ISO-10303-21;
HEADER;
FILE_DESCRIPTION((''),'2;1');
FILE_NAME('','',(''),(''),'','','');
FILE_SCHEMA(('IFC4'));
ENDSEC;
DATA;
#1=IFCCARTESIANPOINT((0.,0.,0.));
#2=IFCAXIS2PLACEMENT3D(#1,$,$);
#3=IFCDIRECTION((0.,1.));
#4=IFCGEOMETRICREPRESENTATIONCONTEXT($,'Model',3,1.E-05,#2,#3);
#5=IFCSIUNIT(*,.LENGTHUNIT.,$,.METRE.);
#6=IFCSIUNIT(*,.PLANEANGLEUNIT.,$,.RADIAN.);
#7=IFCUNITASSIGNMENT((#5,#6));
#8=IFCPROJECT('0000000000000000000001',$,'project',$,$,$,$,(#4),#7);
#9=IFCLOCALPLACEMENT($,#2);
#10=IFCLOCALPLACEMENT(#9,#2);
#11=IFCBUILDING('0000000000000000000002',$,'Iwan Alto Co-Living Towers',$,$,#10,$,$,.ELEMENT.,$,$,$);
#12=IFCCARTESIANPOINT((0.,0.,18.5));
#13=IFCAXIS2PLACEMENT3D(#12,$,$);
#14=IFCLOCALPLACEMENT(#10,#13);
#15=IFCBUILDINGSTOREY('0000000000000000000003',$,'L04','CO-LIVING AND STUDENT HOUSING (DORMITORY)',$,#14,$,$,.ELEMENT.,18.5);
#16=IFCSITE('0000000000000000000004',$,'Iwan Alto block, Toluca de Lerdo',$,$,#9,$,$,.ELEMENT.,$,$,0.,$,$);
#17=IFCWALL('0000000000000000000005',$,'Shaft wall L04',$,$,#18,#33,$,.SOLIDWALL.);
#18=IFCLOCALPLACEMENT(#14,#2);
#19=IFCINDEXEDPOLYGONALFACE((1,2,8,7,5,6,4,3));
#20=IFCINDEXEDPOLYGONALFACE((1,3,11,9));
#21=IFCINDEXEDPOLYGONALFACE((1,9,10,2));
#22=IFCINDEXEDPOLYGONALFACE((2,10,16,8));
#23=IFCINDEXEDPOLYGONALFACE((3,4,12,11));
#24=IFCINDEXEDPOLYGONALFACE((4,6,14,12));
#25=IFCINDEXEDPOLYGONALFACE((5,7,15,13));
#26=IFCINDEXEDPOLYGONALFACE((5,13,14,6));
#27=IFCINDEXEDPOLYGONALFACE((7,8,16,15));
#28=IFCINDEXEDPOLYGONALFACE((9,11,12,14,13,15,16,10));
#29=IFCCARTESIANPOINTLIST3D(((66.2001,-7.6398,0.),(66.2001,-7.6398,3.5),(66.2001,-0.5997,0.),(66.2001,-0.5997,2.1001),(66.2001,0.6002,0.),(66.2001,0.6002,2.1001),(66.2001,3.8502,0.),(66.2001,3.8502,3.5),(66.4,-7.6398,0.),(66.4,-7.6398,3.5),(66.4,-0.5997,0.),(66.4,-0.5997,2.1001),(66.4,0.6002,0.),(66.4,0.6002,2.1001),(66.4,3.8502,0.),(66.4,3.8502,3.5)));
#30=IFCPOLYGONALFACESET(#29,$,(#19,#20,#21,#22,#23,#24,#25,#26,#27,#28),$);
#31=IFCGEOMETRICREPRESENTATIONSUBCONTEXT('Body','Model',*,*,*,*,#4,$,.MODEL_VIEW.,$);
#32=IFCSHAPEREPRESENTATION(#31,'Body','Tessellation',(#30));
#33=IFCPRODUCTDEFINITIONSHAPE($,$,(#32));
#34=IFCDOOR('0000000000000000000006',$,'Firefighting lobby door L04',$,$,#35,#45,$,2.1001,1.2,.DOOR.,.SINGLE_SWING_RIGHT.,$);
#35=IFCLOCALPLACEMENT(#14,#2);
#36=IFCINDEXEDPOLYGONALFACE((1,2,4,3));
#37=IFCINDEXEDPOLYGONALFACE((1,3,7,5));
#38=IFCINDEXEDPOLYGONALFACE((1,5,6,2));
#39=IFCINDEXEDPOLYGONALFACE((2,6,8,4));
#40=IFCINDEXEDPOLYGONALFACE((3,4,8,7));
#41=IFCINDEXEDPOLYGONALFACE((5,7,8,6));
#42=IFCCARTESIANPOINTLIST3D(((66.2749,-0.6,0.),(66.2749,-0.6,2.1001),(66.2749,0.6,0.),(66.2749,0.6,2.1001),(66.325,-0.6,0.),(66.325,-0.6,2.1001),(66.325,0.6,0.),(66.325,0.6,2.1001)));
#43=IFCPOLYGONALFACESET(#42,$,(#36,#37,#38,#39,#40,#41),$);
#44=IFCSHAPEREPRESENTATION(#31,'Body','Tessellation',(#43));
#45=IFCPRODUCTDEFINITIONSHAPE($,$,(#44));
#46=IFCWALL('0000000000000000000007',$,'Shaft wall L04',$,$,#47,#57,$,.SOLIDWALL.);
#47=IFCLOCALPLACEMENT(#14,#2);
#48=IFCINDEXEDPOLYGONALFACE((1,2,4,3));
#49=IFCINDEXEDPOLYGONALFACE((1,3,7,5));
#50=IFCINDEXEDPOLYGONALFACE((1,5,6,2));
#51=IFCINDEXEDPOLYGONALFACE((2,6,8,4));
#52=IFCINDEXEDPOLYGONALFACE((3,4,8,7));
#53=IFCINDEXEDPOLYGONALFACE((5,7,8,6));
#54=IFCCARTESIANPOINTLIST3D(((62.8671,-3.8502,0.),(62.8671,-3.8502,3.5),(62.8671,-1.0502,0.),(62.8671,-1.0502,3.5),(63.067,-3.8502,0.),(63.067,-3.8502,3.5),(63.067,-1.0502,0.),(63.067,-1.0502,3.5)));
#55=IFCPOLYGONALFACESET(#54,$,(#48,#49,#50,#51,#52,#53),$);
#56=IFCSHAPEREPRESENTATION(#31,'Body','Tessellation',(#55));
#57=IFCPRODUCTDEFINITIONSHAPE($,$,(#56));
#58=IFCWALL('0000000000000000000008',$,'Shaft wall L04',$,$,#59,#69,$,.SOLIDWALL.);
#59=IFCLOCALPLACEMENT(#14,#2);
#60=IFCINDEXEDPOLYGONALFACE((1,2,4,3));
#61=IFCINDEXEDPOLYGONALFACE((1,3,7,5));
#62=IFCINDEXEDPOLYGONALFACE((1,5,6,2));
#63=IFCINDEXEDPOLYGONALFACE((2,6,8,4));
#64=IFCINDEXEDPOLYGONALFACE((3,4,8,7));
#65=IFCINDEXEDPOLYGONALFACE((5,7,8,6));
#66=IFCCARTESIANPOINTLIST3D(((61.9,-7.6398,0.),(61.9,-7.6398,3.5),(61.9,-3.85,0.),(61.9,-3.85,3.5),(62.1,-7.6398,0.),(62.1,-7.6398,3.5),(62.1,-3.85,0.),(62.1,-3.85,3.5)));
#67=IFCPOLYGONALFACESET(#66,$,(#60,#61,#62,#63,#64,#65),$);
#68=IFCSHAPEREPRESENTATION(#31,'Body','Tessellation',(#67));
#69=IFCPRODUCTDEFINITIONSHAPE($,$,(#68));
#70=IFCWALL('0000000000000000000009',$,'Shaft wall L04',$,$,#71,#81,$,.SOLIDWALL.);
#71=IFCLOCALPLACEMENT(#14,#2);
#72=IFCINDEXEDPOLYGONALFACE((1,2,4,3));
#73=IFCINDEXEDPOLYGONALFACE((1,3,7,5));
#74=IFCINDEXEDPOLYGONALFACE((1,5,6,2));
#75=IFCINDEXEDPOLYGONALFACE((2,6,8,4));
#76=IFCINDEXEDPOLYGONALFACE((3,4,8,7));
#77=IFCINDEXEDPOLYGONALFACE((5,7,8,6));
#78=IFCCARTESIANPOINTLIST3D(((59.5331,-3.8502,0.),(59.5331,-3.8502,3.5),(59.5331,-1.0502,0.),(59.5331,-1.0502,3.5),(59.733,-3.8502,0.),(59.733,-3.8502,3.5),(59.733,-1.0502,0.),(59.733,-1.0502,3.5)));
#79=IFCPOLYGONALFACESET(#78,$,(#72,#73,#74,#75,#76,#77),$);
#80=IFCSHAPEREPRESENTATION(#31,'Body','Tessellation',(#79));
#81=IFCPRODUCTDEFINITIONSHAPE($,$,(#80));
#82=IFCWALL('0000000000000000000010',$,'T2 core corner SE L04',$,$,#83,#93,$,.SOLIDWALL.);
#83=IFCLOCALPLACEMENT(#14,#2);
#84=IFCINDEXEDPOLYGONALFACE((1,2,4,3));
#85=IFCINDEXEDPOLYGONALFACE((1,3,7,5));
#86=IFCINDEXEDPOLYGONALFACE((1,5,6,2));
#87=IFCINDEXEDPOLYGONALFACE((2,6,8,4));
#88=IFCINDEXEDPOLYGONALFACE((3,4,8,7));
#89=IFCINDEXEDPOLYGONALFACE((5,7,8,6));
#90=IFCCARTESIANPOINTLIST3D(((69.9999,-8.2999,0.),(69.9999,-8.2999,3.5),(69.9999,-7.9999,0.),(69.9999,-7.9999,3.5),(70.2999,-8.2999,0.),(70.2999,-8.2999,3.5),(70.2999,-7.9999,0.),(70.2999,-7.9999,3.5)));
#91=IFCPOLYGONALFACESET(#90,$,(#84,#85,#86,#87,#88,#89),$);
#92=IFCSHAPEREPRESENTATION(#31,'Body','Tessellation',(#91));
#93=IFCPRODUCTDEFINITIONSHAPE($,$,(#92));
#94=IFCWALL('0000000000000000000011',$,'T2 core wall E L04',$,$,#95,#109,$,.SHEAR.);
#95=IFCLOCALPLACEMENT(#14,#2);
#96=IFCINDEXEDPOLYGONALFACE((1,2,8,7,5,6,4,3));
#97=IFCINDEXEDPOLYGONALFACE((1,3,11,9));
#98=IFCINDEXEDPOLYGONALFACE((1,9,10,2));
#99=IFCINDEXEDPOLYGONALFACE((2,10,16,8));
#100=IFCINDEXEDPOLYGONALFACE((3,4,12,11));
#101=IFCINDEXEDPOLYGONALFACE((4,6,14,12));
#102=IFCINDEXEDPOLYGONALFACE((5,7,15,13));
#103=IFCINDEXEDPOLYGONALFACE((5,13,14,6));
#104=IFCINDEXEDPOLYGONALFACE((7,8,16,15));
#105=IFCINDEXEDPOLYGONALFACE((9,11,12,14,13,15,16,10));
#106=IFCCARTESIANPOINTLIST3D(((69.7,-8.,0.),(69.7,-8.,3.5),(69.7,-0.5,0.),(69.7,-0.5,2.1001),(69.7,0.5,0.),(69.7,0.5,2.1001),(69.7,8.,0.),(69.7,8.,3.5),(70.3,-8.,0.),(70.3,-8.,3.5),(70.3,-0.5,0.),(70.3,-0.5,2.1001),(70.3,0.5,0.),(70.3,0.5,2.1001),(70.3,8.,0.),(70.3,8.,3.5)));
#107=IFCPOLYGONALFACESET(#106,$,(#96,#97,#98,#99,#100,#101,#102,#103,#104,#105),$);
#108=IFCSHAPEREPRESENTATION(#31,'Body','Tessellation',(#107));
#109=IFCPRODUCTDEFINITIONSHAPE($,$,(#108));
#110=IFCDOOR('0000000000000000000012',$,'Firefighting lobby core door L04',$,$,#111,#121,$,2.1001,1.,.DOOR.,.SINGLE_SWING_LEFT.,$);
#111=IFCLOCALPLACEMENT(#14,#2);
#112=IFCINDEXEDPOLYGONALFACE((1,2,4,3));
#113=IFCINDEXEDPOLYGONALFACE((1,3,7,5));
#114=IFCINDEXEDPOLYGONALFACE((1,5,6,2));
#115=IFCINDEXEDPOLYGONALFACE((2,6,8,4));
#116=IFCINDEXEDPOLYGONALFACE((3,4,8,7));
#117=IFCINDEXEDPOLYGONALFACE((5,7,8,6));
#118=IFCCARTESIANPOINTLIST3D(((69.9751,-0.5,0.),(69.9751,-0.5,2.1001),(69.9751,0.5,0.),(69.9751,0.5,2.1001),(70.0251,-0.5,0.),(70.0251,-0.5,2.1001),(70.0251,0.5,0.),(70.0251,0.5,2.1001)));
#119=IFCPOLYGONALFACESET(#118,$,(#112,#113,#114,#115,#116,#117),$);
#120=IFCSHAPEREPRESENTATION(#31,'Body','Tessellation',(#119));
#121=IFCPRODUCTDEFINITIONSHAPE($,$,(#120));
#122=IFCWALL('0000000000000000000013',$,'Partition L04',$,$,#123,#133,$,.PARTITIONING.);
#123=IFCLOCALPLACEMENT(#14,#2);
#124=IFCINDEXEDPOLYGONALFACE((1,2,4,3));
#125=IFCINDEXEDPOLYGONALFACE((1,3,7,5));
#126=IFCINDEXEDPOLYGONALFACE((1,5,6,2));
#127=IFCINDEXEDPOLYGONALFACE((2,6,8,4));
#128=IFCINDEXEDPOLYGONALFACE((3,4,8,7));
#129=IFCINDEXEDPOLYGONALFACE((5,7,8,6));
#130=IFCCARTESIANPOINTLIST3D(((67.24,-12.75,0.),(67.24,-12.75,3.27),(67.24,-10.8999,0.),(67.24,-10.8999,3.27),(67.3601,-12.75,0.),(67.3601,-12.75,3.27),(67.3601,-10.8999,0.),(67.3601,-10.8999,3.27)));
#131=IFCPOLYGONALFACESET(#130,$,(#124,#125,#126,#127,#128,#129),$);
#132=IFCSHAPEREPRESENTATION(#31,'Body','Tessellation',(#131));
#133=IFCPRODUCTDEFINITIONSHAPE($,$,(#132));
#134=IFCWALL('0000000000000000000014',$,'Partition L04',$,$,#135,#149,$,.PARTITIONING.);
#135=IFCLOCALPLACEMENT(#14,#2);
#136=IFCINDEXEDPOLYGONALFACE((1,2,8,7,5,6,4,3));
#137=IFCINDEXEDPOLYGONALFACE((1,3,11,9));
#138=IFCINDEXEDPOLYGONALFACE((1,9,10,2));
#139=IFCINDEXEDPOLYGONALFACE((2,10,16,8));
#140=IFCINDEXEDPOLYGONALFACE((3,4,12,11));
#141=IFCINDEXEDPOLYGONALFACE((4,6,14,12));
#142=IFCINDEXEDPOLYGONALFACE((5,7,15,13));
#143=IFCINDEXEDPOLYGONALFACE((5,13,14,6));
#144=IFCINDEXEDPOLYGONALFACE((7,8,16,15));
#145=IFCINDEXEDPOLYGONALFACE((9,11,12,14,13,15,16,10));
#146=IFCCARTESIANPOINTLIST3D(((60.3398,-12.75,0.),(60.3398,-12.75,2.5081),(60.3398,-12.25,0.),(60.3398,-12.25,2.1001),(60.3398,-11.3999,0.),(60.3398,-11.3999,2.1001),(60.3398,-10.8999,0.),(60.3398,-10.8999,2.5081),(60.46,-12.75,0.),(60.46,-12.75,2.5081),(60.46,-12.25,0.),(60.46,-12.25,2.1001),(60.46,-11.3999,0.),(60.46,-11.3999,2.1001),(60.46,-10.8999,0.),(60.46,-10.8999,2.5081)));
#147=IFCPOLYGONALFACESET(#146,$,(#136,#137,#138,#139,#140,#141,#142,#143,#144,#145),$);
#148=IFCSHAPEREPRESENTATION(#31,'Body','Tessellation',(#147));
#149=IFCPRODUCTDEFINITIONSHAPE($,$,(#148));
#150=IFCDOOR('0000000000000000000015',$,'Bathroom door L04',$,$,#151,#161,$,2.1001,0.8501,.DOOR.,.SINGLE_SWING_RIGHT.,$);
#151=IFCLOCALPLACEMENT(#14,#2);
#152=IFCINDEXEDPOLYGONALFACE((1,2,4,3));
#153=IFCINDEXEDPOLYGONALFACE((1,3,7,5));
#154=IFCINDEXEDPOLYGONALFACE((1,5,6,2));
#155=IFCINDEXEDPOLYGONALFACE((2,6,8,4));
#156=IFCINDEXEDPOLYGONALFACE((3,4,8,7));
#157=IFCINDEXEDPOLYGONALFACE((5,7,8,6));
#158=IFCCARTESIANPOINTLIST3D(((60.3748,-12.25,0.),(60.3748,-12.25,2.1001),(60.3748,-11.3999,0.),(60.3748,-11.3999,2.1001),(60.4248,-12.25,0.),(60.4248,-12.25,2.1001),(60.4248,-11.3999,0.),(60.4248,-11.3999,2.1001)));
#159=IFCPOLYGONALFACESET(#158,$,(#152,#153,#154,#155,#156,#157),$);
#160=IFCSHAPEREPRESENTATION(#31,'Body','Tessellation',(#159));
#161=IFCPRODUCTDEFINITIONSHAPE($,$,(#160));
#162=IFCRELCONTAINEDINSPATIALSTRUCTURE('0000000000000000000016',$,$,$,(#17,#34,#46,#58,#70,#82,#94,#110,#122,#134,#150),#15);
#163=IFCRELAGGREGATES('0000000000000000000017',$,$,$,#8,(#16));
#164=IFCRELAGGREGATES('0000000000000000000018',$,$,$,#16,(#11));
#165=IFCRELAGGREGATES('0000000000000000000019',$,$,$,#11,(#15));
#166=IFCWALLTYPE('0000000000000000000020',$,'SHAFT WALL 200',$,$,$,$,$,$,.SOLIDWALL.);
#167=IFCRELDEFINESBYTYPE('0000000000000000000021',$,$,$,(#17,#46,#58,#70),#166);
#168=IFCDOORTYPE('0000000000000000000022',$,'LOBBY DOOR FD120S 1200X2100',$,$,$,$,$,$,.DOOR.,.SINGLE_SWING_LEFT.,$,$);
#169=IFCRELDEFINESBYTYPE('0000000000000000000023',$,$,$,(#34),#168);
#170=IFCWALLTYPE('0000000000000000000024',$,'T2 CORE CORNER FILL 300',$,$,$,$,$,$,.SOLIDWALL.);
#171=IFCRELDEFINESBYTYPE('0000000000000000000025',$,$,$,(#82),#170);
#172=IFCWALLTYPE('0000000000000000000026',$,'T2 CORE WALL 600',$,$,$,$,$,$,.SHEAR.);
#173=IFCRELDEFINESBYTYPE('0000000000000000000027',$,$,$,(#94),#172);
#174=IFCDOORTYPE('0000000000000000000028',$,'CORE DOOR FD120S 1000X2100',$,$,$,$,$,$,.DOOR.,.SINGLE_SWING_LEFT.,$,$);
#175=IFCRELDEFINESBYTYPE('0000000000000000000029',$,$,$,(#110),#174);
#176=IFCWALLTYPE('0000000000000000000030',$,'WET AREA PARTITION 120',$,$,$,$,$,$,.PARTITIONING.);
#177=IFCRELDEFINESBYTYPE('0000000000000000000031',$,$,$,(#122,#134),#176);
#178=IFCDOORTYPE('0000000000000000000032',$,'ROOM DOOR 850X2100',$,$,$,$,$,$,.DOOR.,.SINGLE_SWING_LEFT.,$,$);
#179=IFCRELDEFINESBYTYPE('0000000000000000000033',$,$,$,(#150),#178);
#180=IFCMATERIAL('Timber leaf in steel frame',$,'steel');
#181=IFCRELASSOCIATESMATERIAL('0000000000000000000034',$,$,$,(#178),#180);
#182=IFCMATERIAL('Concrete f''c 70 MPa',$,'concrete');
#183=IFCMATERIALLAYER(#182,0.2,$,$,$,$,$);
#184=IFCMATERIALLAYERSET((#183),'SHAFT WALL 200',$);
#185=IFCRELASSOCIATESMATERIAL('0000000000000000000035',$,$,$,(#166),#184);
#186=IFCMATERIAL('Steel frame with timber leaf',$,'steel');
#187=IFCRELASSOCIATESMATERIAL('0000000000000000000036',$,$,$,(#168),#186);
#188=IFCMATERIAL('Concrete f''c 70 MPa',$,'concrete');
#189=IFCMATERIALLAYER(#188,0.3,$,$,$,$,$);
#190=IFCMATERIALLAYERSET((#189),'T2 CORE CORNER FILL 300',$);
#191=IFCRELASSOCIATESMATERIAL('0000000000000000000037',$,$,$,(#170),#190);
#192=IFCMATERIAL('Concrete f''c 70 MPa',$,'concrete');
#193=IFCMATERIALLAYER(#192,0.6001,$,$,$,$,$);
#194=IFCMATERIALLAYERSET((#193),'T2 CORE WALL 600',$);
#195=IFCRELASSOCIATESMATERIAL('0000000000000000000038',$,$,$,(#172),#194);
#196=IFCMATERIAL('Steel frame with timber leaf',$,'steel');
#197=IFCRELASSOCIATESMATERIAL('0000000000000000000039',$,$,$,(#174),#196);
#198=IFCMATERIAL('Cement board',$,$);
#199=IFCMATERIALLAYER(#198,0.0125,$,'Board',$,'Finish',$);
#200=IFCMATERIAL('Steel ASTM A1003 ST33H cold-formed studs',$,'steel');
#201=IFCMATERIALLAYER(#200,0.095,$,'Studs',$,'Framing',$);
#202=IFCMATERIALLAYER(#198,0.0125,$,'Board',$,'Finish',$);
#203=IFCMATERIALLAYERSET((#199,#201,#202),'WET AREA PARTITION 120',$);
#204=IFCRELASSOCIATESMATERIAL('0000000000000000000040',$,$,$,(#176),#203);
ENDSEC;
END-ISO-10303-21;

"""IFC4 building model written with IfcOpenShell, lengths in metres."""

from ifc_helpers import new_model, si_unit, direction, frame, frame_2d, origin, place, context, subcontext, project, spatial, rectangle, extrude, material, layer, layer_set, type_object, element, fill, save


model = new_model("IFC4")

# Units and contexts
model_context = context("Model", 3, precision=1e-05, world=origin(), true_north=direction((0.0, 1.0)))
body_context = subcontext(model_context, "Body", "Model", "MODEL_VIEW")
ifc_project = project(units=[si_unit("LENGTHUNIT", "METRE"), si_unit("PLANEANGLEUNIT", "RADIAN")], contexts=[model_context])

# Site, building, storey
site_placement = place(None, origin())
site = spatial("IfcSite", under=ifc_project, at=site_placement, Name="Iwan Alto block, Toluca de Lerdo", CompositionType="ELEMENT", RefElevation=0.0)
building_placement = place(site_placement, origin())
building = spatial("IfcBuilding", under=site, at=building_placement, Name="Iwan Alto Co-Living Towers", CompositionType="ELEMENT")
storey_placement = place(building_placement, frame((0.0, 0.0, 18.5)))
storey = spatial("IfcBuildingStorey", under=building, at=storey_placement, Name="L04", Description="CO-LIVING AND STUDENT HOUSING (DORMITORY)", CompositionType="ELEMENT", Elevation=18.5)

# Shared definitions
ifc_material_1 = material(Name="Steel ASTM A1003 ST33H cold-formed studs", Category="steel")

# Shared definitions
ifc_material_2 = material(Name="Timber leaf in steel frame", Category="steel")
door_type_1 = type_object("IfcDoorType", Name="ROOM DOOR 850X2100", OperationType="SINGLE_SWING_LEFT", PredefinedType="DOOR", material=ifc_material_2)

# Wall, opening, door
ifc_material_3 = material(Name="Concrete f'c 70 MPa", Category="concrete")
ifc_layer_1 = layer(ifc_material_3, 0.2)
ifc_layer_set_1 = layer_set([ifc_layer_1], Name="SHAFT WALL 200")
wall_type_1 = type_object("IfcWallType", Name="SHAFT WALL 200", PredefinedType="SOLIDWALL", material=ifc_layer_set_1)
wall_1_placement = place(storey_placement, frame((66.3, -7.6399, 0.0), z_axis=(0.0, 0.0, 1.0), x_axis=(0.0, 1.0, 0.0)))
wall_1 = element("IfcWall", 1, at=wall_1_placement, inside=storey, type_object=wall_type_1, Name="Shaft wall L04", PredefinedType="SOLIDWALL", context=body_context, shape_type="SweptSolid", body=[
    extrude(rectangle(XDim=11.49, YDim=0.2, at=frame_2d((5.7451, 0.0))), origin(), (0.0, 0.0, 1.0), 3.5),
])
opening_1_placement = place(wall_1_placement, frame((7.04, 0.0, 0.0)))
opening_1 = element("IfcOpeningElement", 2, at=opening_1_placement, cuts=wall_1, PredefinedType="OPENING", context=body_context, shape_type="SweptSolid", body=[
    extrude(rectangle(XDim=1.2, YDim=2.1001, at=frame_2d((0.6001, 1.05))), frame((0.0, 0.1099, 0.0), z_axis=(0.0, -1.0, 0.0), x_axis=(1.0, 0.0, 0.0)), (0.0, 0.0, 1.0), 0.22),
])
ifc_material_4 = material(Name="Steel frame with timber leaf", Category="steel")
door_type_2 = type_object("IfcDoorType", Name="LOBBY DOOR FD120S 1200X2100", OperationType="SINGLE_SWING_LEFT", PredefinedType="DOOR", material=ifc_material_4)
door_1_placement = place(opening_1_placement, frame((1.2, 0.0, 0.0), z_axis=(0.0, 0.0, 1.0), x_axis=(-1.0, 0.0, 0.0)))
door_1 = element("IfcDoor", 3, at=door_1_placement, inside=storey, type_object=door_type_2, Name="Firefighting lobby door L04", OperationType="SINGLE_SWING_RIGHT", OverallHeight=2.1001, OverallWidth=1.2, PredefinedType="DOOR", context=body_context, shape_type="SweptSolid", body=[
    extrude(rectangle(XDim=1.2, YDim=2.1001, at=frame_2d((0.6001, 1.05))), frame((0.0, 0.0249, 0.0), z_axis=(0.0, -1.0, 0.0), x_axis=(1.0, 0.0, 0.0)), (0.0, 0.0, 1.0), 0.05),
])
fill(opening_1, door_1)

# Walls
wall_2_placement = place(storey_placement, frame((62.967, -3.8501, 0.0), z_axis=(0.0, 0.0, 1.0), x_axis=(0.0, 1.0, 0.0)))
element("IfcWall", 4, at=wall_2_placement, inside=storey, type_object=wall_type_1, Name="Shaft wall L04", PredefinedType="SOLIDWALL", context=body_context, shape_type="SweptSolid", body=[
    extrude(rectangle(XDim=2.8, YDim=0.2, at=frame_2d((1.3999, 0.0))), origin(), (0.0, 0.0, 1.0), 3.5),
])
wall_3_placement = place(storey_placement, frame((62.0, -7.6399, 0.0), z_axis=(0.0, 0.0, 1.0), x_axis=(0.0, 1.0, 0.0)))
element("IfcWall", 5, at=wall_3_placement, inside=storey, type_object=wall_type_1, Name="Shaft wall L04", PredefinedType="SOLIDWALL", context=body_context, shape_type="SweptSolid", body=[
    extrude(rectangle(XDim=3.7898, YDim=0.2, at=frame_2d((1.895, 0.0))), origin(), (0.0, 0.0, 1.0), 3.5),
])
wall_4_placement = place(storey_placement, frame((59.6331, -3.8501, 0.0), z_axis=(0.0, 0.0, 1.0), x_axis=(0.0, 1.0, 0.0)))
element("IfcWall", 6, at=wall_4_placement, inside=storey, type_object=wall_type_1, Name="Shaft wall L04", PredefinedType="SOLIDWALL", context=body_context, shape_type="SweptSolid", body=[
    extrude(rectangle(XDim=2.8, YDim=0.2, at=frame_2d((1.3999, 0.0))), origin(), (0.0, 0.0, 1.0), 3.5),
])
ifc_material_5 = material(Name="Concrete f'c 70 MPa", Category="concrete")
ifc_layer_2 = layer(ifc_material_5, 0.3)
ifc_layer_set_2 = layer_set([ifc_layer_2], Name="T2 CORE CORNER FILL 300")
wall_type_2 = type_object("IfcWallType", Name="T2 CORE CORNER FILL 300", PredefinedType="SOLIDWALL", material=ifc_layer_set_2)
wall_5_placement = place(storey_placement, frame((70.0, -8.1499, 0.0), z_axis=(0.0, 0.0, 1.0), x_axis=(1.0, 0.0, 0.0)))
element("IfcWall", 7, at=wall_5_placement, inside=storey, type_object=wall_type_2, Name="T2 core corner SE L04", PredefinedType="SOLIDWALL", context=body_context, shape_type="SweptSolid", body=[
    extrude(rectangle(XDim=0.3, YDim=0.3, at=frame_2d((0.1499, 0.0))), origin(), (0.0, 0.0, 1.0), 3.5),
])

# Wall, opening, door
ifc_material_6 = material(Name="Concrete f'c 70 MPa", Category="concrete")
ifc_layer_3 = layer(ifc_material_6, 0.6001)
ifc_layer_set_3 = layer_set([ifc_layer_3], Name="T2 CORE WALL 600")
wall_type_3 = type_object("IfcWallType", Name="T2 CORE WALL 600", PredefinedType="SHEAR", material=ifc_layer_set_3)
wall_6_placement = place(storey_placement, frame((70.0, -8.0, 0.0), z_axis=(0.0, 0.0, 1.0), x_axis=(0.0, 1.0, 0.0)))
wall_6 = element("IfcWall", 8, at=wall_6_placement, inside=storey, type_object=wall_type_3, Name="T2 core wall E L04", PredefinedType="SHEAR", context=body_context, shape_type="SweptSolid", body=[
    extrude(rectangle(XDim=16.0, YDim=0.6001, at=frame_2d((8.0, 0.0))), origin(), (0.0, 0.0, 1.0), 3.5),
])
opening_2_placement = place(wall_6_placement, frame((7.5, 0.0, 0.0)))
opening_2 = element("IfcOpeningElement", 9, at=opening_2_placement, cuts=wall_6, PredefinedType="OPENING", context=body_context, shape_type="SweptSolid", body=[
    extrude(rectangle(XDim=1.0, YDim=2.1001, at=frame_2d((0.5, 1.05))), frame((0.0, 0.3101, 0.0), z_axis=(0.0, -1.0, 0.0), x_axis=(1.0, 0.0, 0.0)), (0.0, 0.0, 1.0), 0.6201),
])
ifc_material_7 = material(Name="Steel frame with timber leaf", Category="steel")
door_type_3 = type_object("IfcDoorType", Name="CORE DOOR FD120S 1000X2100", OperationType="SINGLE_SWING_LEFT", PredefinedType="DOOR", material=ifc_material_7)
door_2_placement = place(opening_2_placement, origin())
door_2 = element("IfcDoor", 10, at=door_2_placement, inside=storey, type_object=door_type_3, Name="Firefighting lobby core door L04", OperationType="SINGLE_SWING_LEFT", OverallHeight=2.1001, OverallWidth=1.0, PredefinedType="DOOR", context=body_context, shape_type="SweptSolid", body=[
    extrude(rectangle(XDim=1.0, YDim=2.1001, at=frame_2d((0.5, 1.05))), frame((0.0, 0.0249, 0.0), z_axis=(0.0, -1.0, 0.0), x_axis=(1.0, 0.0, 0.0)), (0.0, 0.0, 1.0), 0.05),
])
fill(opening_2, door_2)

# Wall
ifc_material_8 = material(Name="Cement board")
ifc_layer_4 = layer(ifc_material_8, 0.0125, Name="Board", Category="Finish")
ifc_layer_5 = layer(ifc_material_1, 0.095, Name="Studs", Category="Framing")
ifc_layer_6 = layer(ifc_material_8, 0.0125, Name="Board", Category="Finish")
ifc_layer_set_4 = layer_set([ifc_layer_4, ifc_layer_5, ifc_layer_6], Name="WET AREA PARTITION 120")
wall_type_4 = type_object("IfcWallType", Name="WET AREA PARTITION 120", PredefinedType="PARTITIONING", material=ifc_layer_set_4)
wall_7_placement = place(storey_placement, frame((67.3, -12.75, 0.0), z_axis=(0.0, 0.0, 1.0), x_axis=(0.0, 1.0, 0.0)))
element("IfcWall", 11, at=wall_7_placement, inside=storey, type_object=wall_type_4, Name="Partition L04", PredefinedType="PARTITIONING", context=body_context, shape_type="SweptSolid", body=[
    extrude(rectangle(XDim=1.8501, YDim=0.1201, at=frame_2d((0.925, 0.0))), origin(), (0.0, 0.0, 1.0), 3.27),
])

# Wall, opening, door
wall_8_placement = place(storey_placement, frame((60.3999, -12.75, 0.0), z_axis=(0.0, 0.0, 1.0), x_axis=(0.0, 1.0, 0.0)))
wall_8 = element("IfcWall", 12, at=wall_8_placement, inside=storey, type_object=wall_type_4, Name="Partition L04", PredefinedType="PARTITIONING", context=body_context, shape_type="SweptSolid", body=[
    extrude(rectangle(XDim=1.8501, YDim=0.1201, at=frame_2d((0.925, 0.0))), origin(), (0.0, 0.0, 1.0), 2.5081),
])
opening_3_placement = place(wall_8_placement, frame((0.5, 0.0, 0.0)))
opening_3 = element("IfcOpeningElement", 13, at=opening_3_placement, cuts=wall_8, PredefinedType="OPENING", context=body_context, shape_type="SweptSolid", body=[
    extrude(rectangle(XDim=0.8501, YDim=2.1001, at=frame_2d((0.425, 1.05))), frame((0.0, 0.0701, 0.0), z_axis=(0.0, -1.0, 0.0), x_axis=(1.0, 0.0, 0.0)), (0.0, 0.0, 1.0), 0.1401),
])
door_3_placement = place(opening_3_placement, frame((0.8501, 0.0, 0.0), z_axis=(0.0, 0.0, 1.0), x_axis=(-1.0, 0.0, 0.0)))
door_3 = element("IfcDoor", 14, at=door_3_placement, inside=storey, type_object=door_type_1, Name="Bathroom door L04", OperationType="SINGLE_SWING_RIGHT", OverallHeight=2.1001, OverallWidth=0.8501, PredefinedType="DOOR", context=body_context, shape_type="SweptSolid", body=[
    extrude(rectangle(XDim=0.8501, YDim=2.1001, at=frame_2d((0.425, 1.05))), frame((0.0, 0.0249, 0.0), z_axis=(0.0, -1.0, 0.0), x_axis=(1.0, 0.0, 0.0)), (0.0, 0.0, 1.0), 0.05),
])
fill(opening_3, door_3)

save(model, "model.ifc")
